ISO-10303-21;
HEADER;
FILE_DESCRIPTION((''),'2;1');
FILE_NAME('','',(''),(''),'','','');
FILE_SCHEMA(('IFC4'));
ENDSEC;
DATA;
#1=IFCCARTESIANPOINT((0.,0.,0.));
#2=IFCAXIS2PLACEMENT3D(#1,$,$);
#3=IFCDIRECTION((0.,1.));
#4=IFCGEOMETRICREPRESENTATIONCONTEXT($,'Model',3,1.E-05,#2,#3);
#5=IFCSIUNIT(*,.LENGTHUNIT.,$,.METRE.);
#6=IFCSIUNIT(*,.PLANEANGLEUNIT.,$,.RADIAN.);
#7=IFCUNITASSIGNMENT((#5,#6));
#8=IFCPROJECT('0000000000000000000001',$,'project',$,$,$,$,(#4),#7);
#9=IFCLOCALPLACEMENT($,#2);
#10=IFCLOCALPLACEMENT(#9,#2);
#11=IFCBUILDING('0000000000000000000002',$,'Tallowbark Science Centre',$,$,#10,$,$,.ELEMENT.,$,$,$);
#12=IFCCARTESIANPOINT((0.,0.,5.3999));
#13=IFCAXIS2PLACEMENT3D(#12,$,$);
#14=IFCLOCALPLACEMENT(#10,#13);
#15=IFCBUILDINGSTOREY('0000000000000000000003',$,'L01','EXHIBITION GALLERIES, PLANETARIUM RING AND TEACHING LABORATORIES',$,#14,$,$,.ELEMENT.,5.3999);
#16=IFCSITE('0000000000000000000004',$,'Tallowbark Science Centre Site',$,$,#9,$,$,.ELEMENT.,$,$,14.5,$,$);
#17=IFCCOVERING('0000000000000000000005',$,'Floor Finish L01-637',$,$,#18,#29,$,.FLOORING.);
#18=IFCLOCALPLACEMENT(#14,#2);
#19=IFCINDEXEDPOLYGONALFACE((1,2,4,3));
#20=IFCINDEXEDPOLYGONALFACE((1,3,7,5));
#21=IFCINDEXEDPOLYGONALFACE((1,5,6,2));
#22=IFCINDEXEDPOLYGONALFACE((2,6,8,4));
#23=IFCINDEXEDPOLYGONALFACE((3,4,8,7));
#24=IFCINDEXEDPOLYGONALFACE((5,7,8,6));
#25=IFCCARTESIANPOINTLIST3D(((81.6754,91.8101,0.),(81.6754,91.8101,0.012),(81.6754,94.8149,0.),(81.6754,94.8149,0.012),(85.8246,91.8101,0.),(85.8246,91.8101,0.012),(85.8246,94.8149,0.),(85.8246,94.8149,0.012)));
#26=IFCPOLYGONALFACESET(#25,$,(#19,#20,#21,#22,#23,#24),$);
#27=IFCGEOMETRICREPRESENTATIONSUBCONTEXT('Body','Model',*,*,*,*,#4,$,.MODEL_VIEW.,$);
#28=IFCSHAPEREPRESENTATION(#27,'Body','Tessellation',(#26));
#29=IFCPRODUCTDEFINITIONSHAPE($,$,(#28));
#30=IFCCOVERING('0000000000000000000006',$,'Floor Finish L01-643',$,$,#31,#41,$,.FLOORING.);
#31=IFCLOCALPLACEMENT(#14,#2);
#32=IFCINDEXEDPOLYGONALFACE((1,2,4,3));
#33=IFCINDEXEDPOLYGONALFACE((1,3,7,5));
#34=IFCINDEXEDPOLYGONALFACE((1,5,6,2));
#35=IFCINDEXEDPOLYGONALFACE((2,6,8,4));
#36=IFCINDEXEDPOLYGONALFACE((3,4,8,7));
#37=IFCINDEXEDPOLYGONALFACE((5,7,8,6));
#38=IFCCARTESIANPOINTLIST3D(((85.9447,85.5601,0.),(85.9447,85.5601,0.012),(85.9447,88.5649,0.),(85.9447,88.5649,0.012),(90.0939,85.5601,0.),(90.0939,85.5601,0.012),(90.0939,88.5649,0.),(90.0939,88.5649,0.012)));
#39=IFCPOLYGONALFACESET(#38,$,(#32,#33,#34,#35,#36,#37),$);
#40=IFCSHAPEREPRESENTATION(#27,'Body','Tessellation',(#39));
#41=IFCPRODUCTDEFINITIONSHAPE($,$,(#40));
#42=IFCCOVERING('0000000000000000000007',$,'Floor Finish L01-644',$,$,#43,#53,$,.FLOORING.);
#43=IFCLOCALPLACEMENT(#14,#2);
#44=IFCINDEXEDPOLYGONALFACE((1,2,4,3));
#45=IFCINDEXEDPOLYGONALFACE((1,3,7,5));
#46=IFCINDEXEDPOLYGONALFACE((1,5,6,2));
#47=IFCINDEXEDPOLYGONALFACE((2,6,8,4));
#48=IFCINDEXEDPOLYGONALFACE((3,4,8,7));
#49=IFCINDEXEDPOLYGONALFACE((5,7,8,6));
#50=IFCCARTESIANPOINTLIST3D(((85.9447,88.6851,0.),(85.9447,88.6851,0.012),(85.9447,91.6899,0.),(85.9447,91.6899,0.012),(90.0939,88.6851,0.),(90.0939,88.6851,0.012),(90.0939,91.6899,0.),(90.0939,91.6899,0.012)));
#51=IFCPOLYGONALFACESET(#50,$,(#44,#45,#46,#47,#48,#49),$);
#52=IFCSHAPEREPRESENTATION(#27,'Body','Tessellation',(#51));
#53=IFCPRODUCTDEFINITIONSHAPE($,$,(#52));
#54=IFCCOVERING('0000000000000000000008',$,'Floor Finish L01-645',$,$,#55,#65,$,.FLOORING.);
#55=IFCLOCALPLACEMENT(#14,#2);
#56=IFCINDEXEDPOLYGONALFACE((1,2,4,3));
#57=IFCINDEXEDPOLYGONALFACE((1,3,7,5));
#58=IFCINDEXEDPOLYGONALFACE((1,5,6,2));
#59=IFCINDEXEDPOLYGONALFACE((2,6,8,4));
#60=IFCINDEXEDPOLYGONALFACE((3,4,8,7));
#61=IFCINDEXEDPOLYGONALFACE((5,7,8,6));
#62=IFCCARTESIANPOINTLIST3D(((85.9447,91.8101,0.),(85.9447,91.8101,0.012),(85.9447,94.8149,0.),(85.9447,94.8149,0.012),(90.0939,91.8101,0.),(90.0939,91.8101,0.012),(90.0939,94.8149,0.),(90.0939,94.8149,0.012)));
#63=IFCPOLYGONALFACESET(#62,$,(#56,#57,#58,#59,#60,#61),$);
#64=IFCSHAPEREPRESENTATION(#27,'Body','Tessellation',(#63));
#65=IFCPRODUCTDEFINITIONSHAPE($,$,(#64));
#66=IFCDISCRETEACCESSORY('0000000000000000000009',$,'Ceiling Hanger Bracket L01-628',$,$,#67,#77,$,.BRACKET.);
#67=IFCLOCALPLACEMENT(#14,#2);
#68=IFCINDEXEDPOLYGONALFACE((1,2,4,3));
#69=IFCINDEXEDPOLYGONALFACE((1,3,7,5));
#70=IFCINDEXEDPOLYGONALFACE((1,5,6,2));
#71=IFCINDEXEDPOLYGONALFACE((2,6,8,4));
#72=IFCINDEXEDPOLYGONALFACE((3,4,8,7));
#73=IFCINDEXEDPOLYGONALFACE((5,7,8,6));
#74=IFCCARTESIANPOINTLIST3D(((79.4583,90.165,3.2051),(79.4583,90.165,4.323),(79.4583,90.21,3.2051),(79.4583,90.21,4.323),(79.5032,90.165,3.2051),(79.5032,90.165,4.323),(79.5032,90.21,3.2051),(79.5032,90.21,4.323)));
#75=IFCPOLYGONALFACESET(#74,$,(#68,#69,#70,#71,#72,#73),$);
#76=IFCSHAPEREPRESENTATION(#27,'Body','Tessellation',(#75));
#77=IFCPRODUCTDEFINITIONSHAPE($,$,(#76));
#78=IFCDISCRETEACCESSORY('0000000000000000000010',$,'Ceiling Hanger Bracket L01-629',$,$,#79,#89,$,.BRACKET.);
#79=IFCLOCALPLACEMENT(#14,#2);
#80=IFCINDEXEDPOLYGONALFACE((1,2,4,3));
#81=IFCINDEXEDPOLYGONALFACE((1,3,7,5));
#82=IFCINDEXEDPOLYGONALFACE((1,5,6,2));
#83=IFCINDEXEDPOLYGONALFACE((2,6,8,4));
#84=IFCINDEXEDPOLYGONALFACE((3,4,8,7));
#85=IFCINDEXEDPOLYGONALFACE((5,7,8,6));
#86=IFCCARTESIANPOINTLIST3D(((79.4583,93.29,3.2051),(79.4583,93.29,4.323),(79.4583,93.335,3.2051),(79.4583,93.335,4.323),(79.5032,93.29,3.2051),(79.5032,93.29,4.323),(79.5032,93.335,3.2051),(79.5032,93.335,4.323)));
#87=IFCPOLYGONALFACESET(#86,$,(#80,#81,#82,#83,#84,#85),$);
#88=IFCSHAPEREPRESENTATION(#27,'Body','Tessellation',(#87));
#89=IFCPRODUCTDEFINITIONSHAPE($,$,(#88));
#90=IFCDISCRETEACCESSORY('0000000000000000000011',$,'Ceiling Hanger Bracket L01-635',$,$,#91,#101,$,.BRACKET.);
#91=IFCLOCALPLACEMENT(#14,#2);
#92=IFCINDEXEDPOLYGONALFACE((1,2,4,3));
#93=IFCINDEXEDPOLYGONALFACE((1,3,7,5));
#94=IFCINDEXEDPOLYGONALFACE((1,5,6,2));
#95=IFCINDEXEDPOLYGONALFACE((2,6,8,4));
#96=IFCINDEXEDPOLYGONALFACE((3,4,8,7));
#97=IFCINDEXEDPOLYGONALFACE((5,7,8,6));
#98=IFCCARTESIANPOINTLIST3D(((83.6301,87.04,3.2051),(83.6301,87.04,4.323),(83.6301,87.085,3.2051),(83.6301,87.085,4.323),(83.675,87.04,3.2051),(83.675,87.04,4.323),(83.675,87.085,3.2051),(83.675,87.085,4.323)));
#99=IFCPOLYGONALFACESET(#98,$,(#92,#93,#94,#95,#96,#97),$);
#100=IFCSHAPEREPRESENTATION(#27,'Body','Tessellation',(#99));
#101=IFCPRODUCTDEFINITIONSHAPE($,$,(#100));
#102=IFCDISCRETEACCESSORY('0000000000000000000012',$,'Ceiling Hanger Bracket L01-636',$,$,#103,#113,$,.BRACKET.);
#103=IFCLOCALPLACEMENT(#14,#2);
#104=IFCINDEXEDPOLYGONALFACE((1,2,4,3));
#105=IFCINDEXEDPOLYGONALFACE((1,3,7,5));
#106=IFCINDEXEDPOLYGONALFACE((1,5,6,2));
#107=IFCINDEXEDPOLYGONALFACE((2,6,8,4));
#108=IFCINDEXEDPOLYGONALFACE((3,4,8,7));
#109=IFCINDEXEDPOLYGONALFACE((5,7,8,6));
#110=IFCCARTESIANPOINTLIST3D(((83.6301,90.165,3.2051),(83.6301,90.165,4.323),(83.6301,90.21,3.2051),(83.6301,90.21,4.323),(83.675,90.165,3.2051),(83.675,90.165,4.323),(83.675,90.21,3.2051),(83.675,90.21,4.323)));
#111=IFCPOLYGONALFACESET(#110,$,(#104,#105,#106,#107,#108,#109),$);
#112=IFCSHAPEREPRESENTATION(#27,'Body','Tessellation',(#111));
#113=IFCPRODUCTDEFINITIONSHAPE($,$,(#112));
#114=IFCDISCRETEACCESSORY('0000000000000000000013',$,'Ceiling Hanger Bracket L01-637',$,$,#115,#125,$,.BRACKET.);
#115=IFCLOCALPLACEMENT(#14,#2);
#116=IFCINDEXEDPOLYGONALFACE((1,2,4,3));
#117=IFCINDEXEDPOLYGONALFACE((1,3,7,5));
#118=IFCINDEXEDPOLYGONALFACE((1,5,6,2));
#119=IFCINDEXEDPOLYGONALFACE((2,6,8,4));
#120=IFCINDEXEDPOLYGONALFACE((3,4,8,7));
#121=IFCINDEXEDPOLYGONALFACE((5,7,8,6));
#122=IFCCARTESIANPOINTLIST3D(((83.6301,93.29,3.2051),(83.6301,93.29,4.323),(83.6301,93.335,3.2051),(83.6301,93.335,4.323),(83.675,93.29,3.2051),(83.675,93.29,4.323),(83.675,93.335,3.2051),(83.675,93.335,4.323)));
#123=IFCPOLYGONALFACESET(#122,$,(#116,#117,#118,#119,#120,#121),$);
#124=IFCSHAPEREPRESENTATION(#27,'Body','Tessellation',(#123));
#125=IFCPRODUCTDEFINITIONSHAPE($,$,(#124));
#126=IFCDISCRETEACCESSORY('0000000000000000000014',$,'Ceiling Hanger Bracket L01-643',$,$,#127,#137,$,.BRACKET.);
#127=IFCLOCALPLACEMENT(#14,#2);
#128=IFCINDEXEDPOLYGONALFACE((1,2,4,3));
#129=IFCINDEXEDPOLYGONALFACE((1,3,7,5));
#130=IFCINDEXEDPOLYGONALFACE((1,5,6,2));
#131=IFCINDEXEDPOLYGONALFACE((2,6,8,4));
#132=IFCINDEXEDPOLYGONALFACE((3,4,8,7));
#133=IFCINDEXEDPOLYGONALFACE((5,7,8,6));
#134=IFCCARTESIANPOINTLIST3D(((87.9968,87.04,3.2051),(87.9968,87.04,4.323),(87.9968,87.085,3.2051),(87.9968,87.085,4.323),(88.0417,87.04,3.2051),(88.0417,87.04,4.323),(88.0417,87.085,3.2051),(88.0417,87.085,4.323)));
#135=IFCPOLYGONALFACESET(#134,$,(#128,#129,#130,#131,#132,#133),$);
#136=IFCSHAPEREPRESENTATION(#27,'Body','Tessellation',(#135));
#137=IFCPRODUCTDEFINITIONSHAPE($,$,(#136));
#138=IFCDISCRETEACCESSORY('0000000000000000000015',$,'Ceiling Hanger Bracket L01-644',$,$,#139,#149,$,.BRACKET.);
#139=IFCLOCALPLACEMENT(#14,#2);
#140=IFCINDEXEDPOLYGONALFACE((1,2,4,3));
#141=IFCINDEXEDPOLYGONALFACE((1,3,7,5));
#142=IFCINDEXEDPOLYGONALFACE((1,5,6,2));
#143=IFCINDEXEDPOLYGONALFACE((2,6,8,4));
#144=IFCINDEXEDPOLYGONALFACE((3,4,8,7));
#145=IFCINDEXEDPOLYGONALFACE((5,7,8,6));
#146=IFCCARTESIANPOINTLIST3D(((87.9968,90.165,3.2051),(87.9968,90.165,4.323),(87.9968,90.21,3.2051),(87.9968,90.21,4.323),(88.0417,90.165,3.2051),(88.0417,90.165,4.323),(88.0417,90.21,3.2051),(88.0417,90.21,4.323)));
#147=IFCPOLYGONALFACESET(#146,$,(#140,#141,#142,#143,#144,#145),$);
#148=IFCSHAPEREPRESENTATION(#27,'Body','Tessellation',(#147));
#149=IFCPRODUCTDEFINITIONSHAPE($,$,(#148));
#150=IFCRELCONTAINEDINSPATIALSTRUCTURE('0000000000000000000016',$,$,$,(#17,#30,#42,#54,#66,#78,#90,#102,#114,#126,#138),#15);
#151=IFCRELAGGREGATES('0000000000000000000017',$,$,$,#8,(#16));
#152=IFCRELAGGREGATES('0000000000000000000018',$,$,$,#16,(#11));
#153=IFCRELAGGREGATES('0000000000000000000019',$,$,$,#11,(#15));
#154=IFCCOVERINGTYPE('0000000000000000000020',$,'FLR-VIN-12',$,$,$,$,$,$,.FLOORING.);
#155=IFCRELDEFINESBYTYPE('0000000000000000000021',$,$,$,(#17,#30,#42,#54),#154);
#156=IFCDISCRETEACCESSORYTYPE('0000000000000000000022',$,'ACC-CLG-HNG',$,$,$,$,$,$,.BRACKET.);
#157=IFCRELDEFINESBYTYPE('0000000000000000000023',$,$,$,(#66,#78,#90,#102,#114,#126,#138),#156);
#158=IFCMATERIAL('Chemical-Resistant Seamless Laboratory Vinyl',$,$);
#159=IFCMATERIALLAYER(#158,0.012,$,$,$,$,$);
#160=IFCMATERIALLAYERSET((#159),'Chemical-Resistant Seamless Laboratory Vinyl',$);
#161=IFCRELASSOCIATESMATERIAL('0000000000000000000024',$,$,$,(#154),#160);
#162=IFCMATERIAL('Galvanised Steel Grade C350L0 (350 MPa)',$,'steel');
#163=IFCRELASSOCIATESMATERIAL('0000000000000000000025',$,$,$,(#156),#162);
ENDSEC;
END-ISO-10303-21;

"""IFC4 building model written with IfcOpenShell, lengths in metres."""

from ifc_helpers import new_model, si_unit, direction, frame, origin, origin_2d, place, context, subcontext, project, spatial, rectangle, extrude, material, layer, layer_set, type_object, element, save


model = new_model("IFC4")

# Units and contexts
model_context = context("Model", 3, precision=1e-05, world=origin(), true_north=direction((0.0, 1.0)))
body_context = subcontext(model_context, "Body", "Model", "MODEL_VIEW")
ifc_project = project(units=[si_unit("LENGTHUNIT", "METRE"), si_unit("PLANEANGLEUNIT", "RADIAN")], contexts=[model_context])

# Site, building, storey
site_placement = place(None, origin())
site = spatial("IfcSite", under=ifc_project, at=site_placement, Name="Tallowbark Science Centre Site", CompositionType="ELEMENT", RefElevation=14.5)
building_placement = place(site_placement, origin())
building = spatial("IfcBuilding", under=site, at=building_placement, Name="Tallowbark Science Centre", CompositionType="ELEMENT")
storey_placement = place(building_placement, frame((0.0, 0.0, 5.3999)))
storey = spatial("IfcBuildingStorey", under=building, at=storey_placement, Name="L01", Description="EXHIBITION GALLERIES, PLANETARIUM RING AND TEACHING LABORATORIES", CompositionType="ELEMENT", Elevation=5.3999)

# Coverings
ifc_material_1 = material(Name="Chemical-Resistant Seamless Laboratory Vinyl")
ifc_layer_1 = layer(ifc_material_1, 0.012)
ifc_layer_set_1 = layer_set([ifc_layer_1], Name="Chemical-Resistant Seamless Laboratory Vinyl")
covering_type_1 = type_object("IfcCoveringType", Name="FLR-VIN-12", PredefinedType="FLOORING", material=ifc_layer_set_1)
for number, where, z_axis, x_axis, name in (
    (1, (83.75, 93.3125, 0.0), (0.0, 0.0, 1.0), (1.0, 0.0, 0.0), "Floor Finish L01-637"),
    (2, (88.0193, 87.0625, 0.0), (0.0, 0.0, 1.0), (1.0, 0.0, 0.0), "Floor Finish L01-643"),
    (3, (88.0193, 90.1875, 0.0), (0.0, 0.0, 1.0), (1.0, 0.0, 0.0), "Floor Finish L01-644"),
    (4, (88.0193, 93.3125, 0.0), (0.0, 0.0, 1.0), (1.0, 0.0, 0.0), "Floor Finish L01-645"),
):
    element("IfcCovering", number, at=place(storey_placement, frame(where, z_axis=z_axis, x_axis=x_axis)), inside=storey, type_object=covering_type_1, Name=name, PredefinedType="FLOORING", context=body_context, shape_type="SweptSolid", body=[
        extrude(rectangle(XDim=4.1492, YDim=3.0049, at=origin_2d()), origin(), (0.0, 0.0, 1.0), 0.012),
    ])

# Discrete accessories
ifc_material_2 = material(Name="Galvanised Steel Grade C350L0 (350 MPa)", Category="steel")
discrete_accessory_type = type_object("IfcDiscreteAccessoryType", Name="ACC-CLG-HNG", PredefinedType="BRACKET", material=ifc_material_2)
for number, where, z_axis, x_axis, name in (
    (5, (79.4807, 90.1875, 3.2051), (0.0, 0.0, 1.0), (1.0, 0.0, 0.0), "Ceiling Hanger Bracket L01-628"),
    (6, (79.4807, 93.3125, 3.2051), (0.0, 0.0, 1.0), (1.0, 0.0, 0.0), "Ceiling Hanger Bracket L01-629"),
    (7, (83.6526, 87.0625, 3.2051), (0.0, 0.0, 1.0), (1.0, 0.0, 0.0), "Ceiling Hanger Bracket L01-635"),
    (8, (83.6526, 90.1875, 3.2051), (0.0, 0.0, 1.0), (1.0, 0.0, 0.0), "Ceiling Hanger Bracket L01-636"),
    (9, (83.6526, 93.3125, 3.2051), (0.0, 0.0, 1.0), (1.0, 0.0, 0.0), "Ceiling Hanger Bracket L01-637"),
    (10, (88.0193, 87.0625, 3.2051), (0.0, 0.0, 1.0), (1.0, 0.0, 0.0), "Ceiling Hanger Bracket L01-643"),
    (11, (88.0193, 90.1875, 3.2051), (0.0, 0.0, 1.0), (1.0, 0.0, 0.0), "Ceiling Hanger Bracket L01-644"),
):
    element("IfcDiscreteAccessory", number, at=place(storey_placement, frame(where, z_axis=z_axis, x_axis=x_axis)), inside=storey, type_object=discrete_accessory_type, Name=name, PredefinedType="BRACKET", context=body_context, shape_type="SweptSolid", body=[
        extrude(rectangle(XDim=0.0449, YDim=0.0449, at=origin_2d()), origin(), (0.0, 0.0, 1.0), 1.1179),
    ])

save(model, "model.ifc")
